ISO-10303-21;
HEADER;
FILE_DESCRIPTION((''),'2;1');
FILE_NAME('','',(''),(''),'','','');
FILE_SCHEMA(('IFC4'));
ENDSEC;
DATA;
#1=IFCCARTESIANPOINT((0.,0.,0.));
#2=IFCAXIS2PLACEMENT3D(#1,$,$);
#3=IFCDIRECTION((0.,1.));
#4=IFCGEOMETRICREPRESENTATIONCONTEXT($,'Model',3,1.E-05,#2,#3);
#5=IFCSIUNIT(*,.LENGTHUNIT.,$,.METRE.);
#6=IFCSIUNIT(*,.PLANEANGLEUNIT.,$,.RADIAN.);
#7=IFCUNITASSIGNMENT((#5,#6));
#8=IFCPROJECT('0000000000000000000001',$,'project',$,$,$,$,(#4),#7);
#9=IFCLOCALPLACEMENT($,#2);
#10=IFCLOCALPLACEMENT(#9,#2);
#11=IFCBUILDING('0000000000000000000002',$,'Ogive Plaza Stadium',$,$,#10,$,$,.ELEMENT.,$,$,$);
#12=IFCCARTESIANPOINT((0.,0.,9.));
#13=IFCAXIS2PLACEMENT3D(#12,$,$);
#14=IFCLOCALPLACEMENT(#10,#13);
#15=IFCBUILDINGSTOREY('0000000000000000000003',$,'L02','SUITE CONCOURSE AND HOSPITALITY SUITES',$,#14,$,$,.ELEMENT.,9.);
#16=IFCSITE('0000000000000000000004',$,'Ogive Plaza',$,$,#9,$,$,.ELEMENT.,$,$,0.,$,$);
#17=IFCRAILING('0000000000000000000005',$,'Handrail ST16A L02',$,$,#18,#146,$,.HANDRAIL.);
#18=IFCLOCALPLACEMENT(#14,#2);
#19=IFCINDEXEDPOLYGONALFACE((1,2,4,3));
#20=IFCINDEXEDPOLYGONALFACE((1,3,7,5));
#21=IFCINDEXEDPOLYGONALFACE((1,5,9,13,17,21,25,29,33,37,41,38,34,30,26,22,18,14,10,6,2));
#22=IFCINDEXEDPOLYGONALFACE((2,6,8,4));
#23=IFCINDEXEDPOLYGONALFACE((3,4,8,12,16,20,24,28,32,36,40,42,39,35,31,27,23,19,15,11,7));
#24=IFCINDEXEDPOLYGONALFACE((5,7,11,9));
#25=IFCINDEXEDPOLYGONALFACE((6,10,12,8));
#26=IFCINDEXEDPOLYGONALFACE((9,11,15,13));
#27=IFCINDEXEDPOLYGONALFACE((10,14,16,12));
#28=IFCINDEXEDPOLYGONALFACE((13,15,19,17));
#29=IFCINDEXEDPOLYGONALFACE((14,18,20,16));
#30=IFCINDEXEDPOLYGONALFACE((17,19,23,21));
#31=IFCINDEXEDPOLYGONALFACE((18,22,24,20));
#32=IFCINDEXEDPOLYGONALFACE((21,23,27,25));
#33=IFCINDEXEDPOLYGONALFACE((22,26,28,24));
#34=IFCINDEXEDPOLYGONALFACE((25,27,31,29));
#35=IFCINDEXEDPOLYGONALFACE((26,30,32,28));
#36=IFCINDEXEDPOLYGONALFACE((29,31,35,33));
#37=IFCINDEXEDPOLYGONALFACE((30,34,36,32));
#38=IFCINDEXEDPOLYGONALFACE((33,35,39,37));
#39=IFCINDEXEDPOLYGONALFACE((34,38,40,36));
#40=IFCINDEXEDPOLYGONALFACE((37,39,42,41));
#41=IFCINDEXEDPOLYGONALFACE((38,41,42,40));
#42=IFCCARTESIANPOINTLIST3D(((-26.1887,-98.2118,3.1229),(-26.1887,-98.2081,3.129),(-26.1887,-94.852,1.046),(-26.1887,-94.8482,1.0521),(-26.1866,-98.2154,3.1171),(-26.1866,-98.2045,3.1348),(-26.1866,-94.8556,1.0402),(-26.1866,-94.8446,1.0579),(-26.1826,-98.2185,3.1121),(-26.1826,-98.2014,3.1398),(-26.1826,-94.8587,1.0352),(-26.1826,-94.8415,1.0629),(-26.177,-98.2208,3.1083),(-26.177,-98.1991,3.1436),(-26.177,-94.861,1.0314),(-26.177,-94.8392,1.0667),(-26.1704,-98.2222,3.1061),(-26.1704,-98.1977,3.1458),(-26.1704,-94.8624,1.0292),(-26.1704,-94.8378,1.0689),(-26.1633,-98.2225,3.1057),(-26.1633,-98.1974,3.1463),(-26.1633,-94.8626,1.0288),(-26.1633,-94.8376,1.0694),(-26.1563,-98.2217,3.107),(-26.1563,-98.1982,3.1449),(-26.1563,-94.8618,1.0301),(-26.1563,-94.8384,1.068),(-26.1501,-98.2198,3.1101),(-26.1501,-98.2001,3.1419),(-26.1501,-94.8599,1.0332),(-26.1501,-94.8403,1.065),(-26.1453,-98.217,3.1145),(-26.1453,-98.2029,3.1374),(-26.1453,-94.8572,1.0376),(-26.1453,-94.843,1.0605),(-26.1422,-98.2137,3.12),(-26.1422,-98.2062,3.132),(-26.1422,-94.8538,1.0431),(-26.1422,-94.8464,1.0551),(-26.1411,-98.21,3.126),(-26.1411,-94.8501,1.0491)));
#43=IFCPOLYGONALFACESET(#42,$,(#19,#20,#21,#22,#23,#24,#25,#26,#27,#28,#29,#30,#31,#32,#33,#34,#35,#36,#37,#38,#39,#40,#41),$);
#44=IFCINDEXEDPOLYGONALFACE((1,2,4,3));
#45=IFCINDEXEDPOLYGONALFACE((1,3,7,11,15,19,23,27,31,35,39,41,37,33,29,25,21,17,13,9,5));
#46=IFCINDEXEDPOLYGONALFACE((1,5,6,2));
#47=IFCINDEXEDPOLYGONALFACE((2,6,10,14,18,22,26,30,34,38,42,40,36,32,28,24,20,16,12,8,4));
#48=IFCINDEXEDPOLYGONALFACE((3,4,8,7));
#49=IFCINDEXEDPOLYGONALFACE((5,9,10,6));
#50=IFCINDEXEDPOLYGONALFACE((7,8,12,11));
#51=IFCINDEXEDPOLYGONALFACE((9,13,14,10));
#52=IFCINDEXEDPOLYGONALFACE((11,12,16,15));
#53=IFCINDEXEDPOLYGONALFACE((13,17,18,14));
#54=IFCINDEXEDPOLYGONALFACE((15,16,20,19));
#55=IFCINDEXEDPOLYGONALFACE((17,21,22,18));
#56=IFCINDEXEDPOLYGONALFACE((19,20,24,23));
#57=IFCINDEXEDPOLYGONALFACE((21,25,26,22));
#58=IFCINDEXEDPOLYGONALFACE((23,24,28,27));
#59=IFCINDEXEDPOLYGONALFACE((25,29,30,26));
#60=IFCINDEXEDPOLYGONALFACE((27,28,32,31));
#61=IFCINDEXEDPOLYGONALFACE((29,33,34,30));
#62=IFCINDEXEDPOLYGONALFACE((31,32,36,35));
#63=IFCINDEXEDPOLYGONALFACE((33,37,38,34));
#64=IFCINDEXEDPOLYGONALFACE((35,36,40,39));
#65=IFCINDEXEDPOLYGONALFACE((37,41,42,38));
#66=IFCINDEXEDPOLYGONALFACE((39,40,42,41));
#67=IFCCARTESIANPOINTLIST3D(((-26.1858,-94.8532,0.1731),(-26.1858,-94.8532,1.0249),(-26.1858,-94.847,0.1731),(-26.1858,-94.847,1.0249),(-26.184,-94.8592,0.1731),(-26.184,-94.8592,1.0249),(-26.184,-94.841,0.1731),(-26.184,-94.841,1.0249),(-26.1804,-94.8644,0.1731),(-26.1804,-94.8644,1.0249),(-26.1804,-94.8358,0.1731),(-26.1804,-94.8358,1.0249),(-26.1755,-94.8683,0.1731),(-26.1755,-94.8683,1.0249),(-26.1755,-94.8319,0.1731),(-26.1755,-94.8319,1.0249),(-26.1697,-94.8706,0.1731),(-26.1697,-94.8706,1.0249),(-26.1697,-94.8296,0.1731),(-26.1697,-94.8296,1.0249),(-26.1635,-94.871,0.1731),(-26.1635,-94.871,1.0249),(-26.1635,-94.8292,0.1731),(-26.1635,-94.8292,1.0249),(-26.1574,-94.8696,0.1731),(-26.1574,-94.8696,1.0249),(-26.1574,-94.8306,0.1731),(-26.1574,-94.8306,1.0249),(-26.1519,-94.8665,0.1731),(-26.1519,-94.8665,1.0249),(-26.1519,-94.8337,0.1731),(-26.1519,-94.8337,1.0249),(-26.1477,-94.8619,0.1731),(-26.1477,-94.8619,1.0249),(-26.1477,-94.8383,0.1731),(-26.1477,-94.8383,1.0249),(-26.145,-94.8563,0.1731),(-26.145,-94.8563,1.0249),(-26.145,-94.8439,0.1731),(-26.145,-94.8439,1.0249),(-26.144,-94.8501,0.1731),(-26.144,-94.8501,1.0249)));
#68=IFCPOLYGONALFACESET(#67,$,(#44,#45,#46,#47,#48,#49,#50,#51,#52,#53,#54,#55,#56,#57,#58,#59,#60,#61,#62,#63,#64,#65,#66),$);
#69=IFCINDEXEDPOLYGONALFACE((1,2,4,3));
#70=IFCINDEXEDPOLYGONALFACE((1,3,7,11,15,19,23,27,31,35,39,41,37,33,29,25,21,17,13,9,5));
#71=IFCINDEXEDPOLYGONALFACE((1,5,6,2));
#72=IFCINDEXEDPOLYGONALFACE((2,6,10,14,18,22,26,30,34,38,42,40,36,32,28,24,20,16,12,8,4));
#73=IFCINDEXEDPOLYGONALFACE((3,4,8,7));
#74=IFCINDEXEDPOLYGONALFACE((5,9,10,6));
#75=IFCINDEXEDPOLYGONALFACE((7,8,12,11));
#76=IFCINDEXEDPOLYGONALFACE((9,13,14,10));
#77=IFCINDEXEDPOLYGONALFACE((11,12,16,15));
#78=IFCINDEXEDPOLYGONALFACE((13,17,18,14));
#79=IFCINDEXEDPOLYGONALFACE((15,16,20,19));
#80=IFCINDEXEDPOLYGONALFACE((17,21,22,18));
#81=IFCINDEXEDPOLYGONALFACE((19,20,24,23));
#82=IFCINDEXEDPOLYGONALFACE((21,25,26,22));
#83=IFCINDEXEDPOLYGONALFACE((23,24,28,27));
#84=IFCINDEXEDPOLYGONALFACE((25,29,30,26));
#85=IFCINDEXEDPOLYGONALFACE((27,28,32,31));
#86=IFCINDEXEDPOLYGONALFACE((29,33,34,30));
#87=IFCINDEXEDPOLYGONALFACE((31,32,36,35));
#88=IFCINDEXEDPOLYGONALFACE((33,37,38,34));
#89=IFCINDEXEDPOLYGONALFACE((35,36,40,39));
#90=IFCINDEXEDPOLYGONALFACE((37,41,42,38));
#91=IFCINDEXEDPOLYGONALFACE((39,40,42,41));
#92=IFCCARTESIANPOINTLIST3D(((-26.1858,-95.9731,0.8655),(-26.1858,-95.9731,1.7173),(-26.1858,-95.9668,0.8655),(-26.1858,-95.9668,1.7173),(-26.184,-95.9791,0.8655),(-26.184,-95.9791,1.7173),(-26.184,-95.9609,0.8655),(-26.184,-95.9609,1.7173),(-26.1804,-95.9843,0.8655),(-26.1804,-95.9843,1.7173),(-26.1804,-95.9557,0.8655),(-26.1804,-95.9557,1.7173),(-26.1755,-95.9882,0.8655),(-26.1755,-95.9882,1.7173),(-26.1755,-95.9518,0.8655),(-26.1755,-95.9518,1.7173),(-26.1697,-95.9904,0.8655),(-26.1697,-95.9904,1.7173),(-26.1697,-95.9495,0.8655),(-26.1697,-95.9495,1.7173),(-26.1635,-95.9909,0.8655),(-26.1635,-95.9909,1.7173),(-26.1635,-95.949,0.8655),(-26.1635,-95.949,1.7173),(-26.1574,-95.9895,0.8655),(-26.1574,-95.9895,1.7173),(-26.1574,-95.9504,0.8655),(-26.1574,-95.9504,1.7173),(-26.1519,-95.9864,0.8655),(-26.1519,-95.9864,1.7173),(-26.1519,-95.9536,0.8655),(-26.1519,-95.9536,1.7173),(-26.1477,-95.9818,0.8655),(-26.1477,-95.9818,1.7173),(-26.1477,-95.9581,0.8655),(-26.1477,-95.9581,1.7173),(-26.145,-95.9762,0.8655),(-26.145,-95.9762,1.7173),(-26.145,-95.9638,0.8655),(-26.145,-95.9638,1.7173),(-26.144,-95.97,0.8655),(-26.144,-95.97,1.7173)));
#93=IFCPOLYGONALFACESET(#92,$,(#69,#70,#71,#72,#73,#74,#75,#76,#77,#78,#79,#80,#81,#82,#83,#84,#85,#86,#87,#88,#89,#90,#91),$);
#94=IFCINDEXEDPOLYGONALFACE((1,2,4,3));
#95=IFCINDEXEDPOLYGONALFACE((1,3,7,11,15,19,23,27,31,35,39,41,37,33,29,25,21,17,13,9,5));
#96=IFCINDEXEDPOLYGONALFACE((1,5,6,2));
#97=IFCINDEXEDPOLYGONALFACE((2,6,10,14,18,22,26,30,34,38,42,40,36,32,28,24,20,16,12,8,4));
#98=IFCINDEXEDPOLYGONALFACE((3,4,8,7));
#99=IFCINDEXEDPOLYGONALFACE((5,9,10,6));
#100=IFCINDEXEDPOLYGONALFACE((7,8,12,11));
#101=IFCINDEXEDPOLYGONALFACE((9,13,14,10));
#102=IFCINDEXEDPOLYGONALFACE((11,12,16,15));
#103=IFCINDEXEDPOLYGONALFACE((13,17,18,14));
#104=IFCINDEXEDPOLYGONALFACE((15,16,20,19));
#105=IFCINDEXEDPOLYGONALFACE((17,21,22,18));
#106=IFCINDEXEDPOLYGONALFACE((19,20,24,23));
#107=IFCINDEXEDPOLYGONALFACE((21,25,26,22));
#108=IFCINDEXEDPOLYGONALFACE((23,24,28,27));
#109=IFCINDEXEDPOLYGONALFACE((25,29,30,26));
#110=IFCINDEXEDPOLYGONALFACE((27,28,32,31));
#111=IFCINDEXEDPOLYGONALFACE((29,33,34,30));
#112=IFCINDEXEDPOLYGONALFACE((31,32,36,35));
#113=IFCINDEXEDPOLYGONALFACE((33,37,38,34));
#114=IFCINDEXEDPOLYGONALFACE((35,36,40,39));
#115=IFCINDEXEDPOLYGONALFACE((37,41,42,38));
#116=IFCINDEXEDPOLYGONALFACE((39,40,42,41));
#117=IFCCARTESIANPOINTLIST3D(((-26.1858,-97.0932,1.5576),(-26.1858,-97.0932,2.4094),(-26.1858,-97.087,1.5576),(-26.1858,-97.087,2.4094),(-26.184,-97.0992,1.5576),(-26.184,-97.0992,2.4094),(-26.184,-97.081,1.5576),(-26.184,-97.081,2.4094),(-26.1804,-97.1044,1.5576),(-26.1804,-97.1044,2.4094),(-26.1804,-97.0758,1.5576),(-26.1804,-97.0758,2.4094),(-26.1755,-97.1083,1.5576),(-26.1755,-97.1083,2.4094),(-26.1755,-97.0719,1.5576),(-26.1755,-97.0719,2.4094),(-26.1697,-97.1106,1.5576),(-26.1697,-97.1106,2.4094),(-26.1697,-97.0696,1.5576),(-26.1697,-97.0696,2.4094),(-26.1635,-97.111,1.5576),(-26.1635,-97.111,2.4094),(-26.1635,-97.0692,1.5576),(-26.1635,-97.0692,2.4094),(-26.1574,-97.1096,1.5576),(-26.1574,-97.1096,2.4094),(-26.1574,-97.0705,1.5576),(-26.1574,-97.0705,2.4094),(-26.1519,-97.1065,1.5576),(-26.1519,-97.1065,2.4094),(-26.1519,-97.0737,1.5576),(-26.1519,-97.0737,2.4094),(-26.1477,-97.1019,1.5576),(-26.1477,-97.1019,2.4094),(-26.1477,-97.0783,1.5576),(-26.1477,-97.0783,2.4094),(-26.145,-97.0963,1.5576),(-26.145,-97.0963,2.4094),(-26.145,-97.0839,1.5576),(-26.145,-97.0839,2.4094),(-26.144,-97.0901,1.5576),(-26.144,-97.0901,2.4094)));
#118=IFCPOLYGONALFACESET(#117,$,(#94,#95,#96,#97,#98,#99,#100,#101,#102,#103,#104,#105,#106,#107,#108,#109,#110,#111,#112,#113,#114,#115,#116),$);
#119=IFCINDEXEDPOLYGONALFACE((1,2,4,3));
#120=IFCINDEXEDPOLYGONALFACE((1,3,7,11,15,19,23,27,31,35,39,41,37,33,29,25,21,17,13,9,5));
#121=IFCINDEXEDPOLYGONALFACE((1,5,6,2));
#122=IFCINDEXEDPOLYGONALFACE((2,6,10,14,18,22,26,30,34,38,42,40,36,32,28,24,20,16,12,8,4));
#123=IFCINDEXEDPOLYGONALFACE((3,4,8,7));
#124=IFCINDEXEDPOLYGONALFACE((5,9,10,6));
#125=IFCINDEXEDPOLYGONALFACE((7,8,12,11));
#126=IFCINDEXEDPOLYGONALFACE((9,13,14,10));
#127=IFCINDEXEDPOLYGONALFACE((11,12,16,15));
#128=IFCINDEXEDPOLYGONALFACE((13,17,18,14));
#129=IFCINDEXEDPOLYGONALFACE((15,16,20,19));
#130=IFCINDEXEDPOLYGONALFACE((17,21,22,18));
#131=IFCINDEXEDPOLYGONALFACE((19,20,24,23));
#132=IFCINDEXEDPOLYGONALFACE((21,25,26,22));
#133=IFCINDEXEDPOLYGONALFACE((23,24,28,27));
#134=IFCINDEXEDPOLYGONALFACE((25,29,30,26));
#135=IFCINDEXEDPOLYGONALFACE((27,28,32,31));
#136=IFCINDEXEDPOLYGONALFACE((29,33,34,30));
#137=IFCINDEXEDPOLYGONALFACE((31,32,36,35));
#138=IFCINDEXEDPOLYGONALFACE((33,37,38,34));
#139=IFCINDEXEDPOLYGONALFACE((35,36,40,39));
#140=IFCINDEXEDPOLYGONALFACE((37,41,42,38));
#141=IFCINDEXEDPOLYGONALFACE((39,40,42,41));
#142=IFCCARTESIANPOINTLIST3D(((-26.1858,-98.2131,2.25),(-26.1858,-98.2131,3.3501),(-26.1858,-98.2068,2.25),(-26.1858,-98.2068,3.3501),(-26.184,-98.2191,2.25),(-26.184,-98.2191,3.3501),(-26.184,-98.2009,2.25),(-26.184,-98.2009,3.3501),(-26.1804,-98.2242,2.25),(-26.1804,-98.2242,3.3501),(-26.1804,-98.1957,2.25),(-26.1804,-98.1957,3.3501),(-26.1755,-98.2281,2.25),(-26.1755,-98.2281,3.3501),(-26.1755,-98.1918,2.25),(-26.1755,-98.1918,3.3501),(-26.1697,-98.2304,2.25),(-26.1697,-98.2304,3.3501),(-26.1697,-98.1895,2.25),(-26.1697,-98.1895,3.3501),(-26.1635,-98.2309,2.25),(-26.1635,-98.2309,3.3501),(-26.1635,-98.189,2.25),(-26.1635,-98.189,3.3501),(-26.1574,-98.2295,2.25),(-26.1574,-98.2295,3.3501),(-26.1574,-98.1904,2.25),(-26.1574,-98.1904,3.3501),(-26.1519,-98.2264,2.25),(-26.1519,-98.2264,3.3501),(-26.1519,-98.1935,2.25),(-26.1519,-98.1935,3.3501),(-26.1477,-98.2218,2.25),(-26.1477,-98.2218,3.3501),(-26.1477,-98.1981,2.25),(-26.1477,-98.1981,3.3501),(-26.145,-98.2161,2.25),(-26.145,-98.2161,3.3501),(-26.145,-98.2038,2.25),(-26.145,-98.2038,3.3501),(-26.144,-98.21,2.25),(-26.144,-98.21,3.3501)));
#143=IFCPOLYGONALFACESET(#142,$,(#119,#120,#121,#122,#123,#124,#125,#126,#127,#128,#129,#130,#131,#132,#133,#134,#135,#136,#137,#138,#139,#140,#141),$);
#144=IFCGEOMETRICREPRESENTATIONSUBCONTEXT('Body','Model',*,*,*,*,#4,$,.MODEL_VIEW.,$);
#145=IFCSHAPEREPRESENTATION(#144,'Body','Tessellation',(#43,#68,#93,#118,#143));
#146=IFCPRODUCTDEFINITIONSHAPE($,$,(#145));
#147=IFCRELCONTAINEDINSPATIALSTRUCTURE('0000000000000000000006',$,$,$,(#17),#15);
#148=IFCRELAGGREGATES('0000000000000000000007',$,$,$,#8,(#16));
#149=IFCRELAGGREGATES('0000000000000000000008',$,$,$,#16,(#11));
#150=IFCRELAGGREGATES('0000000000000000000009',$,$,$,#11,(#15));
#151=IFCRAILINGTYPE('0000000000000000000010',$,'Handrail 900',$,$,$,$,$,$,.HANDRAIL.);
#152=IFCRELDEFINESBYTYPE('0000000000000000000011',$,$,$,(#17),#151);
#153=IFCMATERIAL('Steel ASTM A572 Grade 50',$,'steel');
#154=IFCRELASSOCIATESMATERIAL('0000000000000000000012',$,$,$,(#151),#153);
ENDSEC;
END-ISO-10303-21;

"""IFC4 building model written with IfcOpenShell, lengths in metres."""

from ifc_helpers import new_model, si_unit, direction, frame, origin, origin_2d, place, context, subcontext, project, spatial, circle, extrude, material, type_object, element, save


model = new_model("IFC4")

# Units and contexts
model_context = context("Model", 3, precision=1e-05, world=origin(), true_north=direction((0.0, 1.0)))
body_context = subcontext(model_context, "Body", "Model", "MODEL_VIEW")
ifc_project = project(units=[si_unit("LENGTHUNIT", "METRE"), si_unit("PLANEANGLEUNIT", "RADIAN")], contexts=[model_context])

# Site, building, storey
site_placement = place(None, origin())
site = spatial("IfcSite", under=ifc_project, at=site_placement, Name="Ogive Plaza", CompositionType="ELEMENT", RefElevation=0.0)
building_placement = place(site_placement, origin())
building = spatial("IfcBuilding", under=site, at=building_placement, Name="Ogive Plaza Stadium", CompositionType="ELEMENT")
storey_placement = place(building_placement, frame((0.0, 0.0, 9.0)))
storey = spatial("IfcBuildingStorey", under=building, at=storey_placement, Name="L02", Description="SUITE CONCOURSE AND HOSPITALITY SUITES", CompositionType="ELEMENT", Elevation=9.0)

# Railing
ifc_material_1 = material(Name="Steel ASTM A572 Grade 50", Category="steel")
railing_type_1 = type_object("IfcRailingType", Name="Handrail 900", PredefinedType="HANDRAIL", material=ifc_material_1)
for number, where, name in (
    (1, (-26.165, -94.8501, 0.1731), "Handrail ST16A L02"),
):
    element("IfcRailing", number, at=place(storey_placement, frame(where)), inside=storey, type_object=railing_type_1, Name=name, PredefinedType="HANDRAIL", context=body_context, shape_type="SweptSolid", body=[
        extrude(circle(Radius=0.0239, at=origin_2d()), frame((0.0, 0.0, 0.876), z_axis=(0.0, -0.850606, 0.525803), x_axis=(1.0, 0.0, 0.0)), (0.0, 0.0, 1.0), 3.95),
        extrude(circle(Radius=0.021, at=origin_2d()), origin(), (0.0, 0.0, 1.0), 0.8518),
        extrude(circle(Radius=0.021, at=origin_2d()), frame((0.0, -1.1199, 0.6924)), (0.0, 0.0, 1.0), 0.8518),
        extrude(circle(Radius=0.021, at=origin_2d()), frame((0.0, -2.24, 1.3845)), (0.0, 0.0, 1.0), 0.8518),
        extrude(circle(Radius=0.021, at=origin_2d()), frame((0.0, -3.3599, 2.0769)), (0.0, 0.0, 1.0), 1.1001),
    ])

save(model, "model.ifc")
